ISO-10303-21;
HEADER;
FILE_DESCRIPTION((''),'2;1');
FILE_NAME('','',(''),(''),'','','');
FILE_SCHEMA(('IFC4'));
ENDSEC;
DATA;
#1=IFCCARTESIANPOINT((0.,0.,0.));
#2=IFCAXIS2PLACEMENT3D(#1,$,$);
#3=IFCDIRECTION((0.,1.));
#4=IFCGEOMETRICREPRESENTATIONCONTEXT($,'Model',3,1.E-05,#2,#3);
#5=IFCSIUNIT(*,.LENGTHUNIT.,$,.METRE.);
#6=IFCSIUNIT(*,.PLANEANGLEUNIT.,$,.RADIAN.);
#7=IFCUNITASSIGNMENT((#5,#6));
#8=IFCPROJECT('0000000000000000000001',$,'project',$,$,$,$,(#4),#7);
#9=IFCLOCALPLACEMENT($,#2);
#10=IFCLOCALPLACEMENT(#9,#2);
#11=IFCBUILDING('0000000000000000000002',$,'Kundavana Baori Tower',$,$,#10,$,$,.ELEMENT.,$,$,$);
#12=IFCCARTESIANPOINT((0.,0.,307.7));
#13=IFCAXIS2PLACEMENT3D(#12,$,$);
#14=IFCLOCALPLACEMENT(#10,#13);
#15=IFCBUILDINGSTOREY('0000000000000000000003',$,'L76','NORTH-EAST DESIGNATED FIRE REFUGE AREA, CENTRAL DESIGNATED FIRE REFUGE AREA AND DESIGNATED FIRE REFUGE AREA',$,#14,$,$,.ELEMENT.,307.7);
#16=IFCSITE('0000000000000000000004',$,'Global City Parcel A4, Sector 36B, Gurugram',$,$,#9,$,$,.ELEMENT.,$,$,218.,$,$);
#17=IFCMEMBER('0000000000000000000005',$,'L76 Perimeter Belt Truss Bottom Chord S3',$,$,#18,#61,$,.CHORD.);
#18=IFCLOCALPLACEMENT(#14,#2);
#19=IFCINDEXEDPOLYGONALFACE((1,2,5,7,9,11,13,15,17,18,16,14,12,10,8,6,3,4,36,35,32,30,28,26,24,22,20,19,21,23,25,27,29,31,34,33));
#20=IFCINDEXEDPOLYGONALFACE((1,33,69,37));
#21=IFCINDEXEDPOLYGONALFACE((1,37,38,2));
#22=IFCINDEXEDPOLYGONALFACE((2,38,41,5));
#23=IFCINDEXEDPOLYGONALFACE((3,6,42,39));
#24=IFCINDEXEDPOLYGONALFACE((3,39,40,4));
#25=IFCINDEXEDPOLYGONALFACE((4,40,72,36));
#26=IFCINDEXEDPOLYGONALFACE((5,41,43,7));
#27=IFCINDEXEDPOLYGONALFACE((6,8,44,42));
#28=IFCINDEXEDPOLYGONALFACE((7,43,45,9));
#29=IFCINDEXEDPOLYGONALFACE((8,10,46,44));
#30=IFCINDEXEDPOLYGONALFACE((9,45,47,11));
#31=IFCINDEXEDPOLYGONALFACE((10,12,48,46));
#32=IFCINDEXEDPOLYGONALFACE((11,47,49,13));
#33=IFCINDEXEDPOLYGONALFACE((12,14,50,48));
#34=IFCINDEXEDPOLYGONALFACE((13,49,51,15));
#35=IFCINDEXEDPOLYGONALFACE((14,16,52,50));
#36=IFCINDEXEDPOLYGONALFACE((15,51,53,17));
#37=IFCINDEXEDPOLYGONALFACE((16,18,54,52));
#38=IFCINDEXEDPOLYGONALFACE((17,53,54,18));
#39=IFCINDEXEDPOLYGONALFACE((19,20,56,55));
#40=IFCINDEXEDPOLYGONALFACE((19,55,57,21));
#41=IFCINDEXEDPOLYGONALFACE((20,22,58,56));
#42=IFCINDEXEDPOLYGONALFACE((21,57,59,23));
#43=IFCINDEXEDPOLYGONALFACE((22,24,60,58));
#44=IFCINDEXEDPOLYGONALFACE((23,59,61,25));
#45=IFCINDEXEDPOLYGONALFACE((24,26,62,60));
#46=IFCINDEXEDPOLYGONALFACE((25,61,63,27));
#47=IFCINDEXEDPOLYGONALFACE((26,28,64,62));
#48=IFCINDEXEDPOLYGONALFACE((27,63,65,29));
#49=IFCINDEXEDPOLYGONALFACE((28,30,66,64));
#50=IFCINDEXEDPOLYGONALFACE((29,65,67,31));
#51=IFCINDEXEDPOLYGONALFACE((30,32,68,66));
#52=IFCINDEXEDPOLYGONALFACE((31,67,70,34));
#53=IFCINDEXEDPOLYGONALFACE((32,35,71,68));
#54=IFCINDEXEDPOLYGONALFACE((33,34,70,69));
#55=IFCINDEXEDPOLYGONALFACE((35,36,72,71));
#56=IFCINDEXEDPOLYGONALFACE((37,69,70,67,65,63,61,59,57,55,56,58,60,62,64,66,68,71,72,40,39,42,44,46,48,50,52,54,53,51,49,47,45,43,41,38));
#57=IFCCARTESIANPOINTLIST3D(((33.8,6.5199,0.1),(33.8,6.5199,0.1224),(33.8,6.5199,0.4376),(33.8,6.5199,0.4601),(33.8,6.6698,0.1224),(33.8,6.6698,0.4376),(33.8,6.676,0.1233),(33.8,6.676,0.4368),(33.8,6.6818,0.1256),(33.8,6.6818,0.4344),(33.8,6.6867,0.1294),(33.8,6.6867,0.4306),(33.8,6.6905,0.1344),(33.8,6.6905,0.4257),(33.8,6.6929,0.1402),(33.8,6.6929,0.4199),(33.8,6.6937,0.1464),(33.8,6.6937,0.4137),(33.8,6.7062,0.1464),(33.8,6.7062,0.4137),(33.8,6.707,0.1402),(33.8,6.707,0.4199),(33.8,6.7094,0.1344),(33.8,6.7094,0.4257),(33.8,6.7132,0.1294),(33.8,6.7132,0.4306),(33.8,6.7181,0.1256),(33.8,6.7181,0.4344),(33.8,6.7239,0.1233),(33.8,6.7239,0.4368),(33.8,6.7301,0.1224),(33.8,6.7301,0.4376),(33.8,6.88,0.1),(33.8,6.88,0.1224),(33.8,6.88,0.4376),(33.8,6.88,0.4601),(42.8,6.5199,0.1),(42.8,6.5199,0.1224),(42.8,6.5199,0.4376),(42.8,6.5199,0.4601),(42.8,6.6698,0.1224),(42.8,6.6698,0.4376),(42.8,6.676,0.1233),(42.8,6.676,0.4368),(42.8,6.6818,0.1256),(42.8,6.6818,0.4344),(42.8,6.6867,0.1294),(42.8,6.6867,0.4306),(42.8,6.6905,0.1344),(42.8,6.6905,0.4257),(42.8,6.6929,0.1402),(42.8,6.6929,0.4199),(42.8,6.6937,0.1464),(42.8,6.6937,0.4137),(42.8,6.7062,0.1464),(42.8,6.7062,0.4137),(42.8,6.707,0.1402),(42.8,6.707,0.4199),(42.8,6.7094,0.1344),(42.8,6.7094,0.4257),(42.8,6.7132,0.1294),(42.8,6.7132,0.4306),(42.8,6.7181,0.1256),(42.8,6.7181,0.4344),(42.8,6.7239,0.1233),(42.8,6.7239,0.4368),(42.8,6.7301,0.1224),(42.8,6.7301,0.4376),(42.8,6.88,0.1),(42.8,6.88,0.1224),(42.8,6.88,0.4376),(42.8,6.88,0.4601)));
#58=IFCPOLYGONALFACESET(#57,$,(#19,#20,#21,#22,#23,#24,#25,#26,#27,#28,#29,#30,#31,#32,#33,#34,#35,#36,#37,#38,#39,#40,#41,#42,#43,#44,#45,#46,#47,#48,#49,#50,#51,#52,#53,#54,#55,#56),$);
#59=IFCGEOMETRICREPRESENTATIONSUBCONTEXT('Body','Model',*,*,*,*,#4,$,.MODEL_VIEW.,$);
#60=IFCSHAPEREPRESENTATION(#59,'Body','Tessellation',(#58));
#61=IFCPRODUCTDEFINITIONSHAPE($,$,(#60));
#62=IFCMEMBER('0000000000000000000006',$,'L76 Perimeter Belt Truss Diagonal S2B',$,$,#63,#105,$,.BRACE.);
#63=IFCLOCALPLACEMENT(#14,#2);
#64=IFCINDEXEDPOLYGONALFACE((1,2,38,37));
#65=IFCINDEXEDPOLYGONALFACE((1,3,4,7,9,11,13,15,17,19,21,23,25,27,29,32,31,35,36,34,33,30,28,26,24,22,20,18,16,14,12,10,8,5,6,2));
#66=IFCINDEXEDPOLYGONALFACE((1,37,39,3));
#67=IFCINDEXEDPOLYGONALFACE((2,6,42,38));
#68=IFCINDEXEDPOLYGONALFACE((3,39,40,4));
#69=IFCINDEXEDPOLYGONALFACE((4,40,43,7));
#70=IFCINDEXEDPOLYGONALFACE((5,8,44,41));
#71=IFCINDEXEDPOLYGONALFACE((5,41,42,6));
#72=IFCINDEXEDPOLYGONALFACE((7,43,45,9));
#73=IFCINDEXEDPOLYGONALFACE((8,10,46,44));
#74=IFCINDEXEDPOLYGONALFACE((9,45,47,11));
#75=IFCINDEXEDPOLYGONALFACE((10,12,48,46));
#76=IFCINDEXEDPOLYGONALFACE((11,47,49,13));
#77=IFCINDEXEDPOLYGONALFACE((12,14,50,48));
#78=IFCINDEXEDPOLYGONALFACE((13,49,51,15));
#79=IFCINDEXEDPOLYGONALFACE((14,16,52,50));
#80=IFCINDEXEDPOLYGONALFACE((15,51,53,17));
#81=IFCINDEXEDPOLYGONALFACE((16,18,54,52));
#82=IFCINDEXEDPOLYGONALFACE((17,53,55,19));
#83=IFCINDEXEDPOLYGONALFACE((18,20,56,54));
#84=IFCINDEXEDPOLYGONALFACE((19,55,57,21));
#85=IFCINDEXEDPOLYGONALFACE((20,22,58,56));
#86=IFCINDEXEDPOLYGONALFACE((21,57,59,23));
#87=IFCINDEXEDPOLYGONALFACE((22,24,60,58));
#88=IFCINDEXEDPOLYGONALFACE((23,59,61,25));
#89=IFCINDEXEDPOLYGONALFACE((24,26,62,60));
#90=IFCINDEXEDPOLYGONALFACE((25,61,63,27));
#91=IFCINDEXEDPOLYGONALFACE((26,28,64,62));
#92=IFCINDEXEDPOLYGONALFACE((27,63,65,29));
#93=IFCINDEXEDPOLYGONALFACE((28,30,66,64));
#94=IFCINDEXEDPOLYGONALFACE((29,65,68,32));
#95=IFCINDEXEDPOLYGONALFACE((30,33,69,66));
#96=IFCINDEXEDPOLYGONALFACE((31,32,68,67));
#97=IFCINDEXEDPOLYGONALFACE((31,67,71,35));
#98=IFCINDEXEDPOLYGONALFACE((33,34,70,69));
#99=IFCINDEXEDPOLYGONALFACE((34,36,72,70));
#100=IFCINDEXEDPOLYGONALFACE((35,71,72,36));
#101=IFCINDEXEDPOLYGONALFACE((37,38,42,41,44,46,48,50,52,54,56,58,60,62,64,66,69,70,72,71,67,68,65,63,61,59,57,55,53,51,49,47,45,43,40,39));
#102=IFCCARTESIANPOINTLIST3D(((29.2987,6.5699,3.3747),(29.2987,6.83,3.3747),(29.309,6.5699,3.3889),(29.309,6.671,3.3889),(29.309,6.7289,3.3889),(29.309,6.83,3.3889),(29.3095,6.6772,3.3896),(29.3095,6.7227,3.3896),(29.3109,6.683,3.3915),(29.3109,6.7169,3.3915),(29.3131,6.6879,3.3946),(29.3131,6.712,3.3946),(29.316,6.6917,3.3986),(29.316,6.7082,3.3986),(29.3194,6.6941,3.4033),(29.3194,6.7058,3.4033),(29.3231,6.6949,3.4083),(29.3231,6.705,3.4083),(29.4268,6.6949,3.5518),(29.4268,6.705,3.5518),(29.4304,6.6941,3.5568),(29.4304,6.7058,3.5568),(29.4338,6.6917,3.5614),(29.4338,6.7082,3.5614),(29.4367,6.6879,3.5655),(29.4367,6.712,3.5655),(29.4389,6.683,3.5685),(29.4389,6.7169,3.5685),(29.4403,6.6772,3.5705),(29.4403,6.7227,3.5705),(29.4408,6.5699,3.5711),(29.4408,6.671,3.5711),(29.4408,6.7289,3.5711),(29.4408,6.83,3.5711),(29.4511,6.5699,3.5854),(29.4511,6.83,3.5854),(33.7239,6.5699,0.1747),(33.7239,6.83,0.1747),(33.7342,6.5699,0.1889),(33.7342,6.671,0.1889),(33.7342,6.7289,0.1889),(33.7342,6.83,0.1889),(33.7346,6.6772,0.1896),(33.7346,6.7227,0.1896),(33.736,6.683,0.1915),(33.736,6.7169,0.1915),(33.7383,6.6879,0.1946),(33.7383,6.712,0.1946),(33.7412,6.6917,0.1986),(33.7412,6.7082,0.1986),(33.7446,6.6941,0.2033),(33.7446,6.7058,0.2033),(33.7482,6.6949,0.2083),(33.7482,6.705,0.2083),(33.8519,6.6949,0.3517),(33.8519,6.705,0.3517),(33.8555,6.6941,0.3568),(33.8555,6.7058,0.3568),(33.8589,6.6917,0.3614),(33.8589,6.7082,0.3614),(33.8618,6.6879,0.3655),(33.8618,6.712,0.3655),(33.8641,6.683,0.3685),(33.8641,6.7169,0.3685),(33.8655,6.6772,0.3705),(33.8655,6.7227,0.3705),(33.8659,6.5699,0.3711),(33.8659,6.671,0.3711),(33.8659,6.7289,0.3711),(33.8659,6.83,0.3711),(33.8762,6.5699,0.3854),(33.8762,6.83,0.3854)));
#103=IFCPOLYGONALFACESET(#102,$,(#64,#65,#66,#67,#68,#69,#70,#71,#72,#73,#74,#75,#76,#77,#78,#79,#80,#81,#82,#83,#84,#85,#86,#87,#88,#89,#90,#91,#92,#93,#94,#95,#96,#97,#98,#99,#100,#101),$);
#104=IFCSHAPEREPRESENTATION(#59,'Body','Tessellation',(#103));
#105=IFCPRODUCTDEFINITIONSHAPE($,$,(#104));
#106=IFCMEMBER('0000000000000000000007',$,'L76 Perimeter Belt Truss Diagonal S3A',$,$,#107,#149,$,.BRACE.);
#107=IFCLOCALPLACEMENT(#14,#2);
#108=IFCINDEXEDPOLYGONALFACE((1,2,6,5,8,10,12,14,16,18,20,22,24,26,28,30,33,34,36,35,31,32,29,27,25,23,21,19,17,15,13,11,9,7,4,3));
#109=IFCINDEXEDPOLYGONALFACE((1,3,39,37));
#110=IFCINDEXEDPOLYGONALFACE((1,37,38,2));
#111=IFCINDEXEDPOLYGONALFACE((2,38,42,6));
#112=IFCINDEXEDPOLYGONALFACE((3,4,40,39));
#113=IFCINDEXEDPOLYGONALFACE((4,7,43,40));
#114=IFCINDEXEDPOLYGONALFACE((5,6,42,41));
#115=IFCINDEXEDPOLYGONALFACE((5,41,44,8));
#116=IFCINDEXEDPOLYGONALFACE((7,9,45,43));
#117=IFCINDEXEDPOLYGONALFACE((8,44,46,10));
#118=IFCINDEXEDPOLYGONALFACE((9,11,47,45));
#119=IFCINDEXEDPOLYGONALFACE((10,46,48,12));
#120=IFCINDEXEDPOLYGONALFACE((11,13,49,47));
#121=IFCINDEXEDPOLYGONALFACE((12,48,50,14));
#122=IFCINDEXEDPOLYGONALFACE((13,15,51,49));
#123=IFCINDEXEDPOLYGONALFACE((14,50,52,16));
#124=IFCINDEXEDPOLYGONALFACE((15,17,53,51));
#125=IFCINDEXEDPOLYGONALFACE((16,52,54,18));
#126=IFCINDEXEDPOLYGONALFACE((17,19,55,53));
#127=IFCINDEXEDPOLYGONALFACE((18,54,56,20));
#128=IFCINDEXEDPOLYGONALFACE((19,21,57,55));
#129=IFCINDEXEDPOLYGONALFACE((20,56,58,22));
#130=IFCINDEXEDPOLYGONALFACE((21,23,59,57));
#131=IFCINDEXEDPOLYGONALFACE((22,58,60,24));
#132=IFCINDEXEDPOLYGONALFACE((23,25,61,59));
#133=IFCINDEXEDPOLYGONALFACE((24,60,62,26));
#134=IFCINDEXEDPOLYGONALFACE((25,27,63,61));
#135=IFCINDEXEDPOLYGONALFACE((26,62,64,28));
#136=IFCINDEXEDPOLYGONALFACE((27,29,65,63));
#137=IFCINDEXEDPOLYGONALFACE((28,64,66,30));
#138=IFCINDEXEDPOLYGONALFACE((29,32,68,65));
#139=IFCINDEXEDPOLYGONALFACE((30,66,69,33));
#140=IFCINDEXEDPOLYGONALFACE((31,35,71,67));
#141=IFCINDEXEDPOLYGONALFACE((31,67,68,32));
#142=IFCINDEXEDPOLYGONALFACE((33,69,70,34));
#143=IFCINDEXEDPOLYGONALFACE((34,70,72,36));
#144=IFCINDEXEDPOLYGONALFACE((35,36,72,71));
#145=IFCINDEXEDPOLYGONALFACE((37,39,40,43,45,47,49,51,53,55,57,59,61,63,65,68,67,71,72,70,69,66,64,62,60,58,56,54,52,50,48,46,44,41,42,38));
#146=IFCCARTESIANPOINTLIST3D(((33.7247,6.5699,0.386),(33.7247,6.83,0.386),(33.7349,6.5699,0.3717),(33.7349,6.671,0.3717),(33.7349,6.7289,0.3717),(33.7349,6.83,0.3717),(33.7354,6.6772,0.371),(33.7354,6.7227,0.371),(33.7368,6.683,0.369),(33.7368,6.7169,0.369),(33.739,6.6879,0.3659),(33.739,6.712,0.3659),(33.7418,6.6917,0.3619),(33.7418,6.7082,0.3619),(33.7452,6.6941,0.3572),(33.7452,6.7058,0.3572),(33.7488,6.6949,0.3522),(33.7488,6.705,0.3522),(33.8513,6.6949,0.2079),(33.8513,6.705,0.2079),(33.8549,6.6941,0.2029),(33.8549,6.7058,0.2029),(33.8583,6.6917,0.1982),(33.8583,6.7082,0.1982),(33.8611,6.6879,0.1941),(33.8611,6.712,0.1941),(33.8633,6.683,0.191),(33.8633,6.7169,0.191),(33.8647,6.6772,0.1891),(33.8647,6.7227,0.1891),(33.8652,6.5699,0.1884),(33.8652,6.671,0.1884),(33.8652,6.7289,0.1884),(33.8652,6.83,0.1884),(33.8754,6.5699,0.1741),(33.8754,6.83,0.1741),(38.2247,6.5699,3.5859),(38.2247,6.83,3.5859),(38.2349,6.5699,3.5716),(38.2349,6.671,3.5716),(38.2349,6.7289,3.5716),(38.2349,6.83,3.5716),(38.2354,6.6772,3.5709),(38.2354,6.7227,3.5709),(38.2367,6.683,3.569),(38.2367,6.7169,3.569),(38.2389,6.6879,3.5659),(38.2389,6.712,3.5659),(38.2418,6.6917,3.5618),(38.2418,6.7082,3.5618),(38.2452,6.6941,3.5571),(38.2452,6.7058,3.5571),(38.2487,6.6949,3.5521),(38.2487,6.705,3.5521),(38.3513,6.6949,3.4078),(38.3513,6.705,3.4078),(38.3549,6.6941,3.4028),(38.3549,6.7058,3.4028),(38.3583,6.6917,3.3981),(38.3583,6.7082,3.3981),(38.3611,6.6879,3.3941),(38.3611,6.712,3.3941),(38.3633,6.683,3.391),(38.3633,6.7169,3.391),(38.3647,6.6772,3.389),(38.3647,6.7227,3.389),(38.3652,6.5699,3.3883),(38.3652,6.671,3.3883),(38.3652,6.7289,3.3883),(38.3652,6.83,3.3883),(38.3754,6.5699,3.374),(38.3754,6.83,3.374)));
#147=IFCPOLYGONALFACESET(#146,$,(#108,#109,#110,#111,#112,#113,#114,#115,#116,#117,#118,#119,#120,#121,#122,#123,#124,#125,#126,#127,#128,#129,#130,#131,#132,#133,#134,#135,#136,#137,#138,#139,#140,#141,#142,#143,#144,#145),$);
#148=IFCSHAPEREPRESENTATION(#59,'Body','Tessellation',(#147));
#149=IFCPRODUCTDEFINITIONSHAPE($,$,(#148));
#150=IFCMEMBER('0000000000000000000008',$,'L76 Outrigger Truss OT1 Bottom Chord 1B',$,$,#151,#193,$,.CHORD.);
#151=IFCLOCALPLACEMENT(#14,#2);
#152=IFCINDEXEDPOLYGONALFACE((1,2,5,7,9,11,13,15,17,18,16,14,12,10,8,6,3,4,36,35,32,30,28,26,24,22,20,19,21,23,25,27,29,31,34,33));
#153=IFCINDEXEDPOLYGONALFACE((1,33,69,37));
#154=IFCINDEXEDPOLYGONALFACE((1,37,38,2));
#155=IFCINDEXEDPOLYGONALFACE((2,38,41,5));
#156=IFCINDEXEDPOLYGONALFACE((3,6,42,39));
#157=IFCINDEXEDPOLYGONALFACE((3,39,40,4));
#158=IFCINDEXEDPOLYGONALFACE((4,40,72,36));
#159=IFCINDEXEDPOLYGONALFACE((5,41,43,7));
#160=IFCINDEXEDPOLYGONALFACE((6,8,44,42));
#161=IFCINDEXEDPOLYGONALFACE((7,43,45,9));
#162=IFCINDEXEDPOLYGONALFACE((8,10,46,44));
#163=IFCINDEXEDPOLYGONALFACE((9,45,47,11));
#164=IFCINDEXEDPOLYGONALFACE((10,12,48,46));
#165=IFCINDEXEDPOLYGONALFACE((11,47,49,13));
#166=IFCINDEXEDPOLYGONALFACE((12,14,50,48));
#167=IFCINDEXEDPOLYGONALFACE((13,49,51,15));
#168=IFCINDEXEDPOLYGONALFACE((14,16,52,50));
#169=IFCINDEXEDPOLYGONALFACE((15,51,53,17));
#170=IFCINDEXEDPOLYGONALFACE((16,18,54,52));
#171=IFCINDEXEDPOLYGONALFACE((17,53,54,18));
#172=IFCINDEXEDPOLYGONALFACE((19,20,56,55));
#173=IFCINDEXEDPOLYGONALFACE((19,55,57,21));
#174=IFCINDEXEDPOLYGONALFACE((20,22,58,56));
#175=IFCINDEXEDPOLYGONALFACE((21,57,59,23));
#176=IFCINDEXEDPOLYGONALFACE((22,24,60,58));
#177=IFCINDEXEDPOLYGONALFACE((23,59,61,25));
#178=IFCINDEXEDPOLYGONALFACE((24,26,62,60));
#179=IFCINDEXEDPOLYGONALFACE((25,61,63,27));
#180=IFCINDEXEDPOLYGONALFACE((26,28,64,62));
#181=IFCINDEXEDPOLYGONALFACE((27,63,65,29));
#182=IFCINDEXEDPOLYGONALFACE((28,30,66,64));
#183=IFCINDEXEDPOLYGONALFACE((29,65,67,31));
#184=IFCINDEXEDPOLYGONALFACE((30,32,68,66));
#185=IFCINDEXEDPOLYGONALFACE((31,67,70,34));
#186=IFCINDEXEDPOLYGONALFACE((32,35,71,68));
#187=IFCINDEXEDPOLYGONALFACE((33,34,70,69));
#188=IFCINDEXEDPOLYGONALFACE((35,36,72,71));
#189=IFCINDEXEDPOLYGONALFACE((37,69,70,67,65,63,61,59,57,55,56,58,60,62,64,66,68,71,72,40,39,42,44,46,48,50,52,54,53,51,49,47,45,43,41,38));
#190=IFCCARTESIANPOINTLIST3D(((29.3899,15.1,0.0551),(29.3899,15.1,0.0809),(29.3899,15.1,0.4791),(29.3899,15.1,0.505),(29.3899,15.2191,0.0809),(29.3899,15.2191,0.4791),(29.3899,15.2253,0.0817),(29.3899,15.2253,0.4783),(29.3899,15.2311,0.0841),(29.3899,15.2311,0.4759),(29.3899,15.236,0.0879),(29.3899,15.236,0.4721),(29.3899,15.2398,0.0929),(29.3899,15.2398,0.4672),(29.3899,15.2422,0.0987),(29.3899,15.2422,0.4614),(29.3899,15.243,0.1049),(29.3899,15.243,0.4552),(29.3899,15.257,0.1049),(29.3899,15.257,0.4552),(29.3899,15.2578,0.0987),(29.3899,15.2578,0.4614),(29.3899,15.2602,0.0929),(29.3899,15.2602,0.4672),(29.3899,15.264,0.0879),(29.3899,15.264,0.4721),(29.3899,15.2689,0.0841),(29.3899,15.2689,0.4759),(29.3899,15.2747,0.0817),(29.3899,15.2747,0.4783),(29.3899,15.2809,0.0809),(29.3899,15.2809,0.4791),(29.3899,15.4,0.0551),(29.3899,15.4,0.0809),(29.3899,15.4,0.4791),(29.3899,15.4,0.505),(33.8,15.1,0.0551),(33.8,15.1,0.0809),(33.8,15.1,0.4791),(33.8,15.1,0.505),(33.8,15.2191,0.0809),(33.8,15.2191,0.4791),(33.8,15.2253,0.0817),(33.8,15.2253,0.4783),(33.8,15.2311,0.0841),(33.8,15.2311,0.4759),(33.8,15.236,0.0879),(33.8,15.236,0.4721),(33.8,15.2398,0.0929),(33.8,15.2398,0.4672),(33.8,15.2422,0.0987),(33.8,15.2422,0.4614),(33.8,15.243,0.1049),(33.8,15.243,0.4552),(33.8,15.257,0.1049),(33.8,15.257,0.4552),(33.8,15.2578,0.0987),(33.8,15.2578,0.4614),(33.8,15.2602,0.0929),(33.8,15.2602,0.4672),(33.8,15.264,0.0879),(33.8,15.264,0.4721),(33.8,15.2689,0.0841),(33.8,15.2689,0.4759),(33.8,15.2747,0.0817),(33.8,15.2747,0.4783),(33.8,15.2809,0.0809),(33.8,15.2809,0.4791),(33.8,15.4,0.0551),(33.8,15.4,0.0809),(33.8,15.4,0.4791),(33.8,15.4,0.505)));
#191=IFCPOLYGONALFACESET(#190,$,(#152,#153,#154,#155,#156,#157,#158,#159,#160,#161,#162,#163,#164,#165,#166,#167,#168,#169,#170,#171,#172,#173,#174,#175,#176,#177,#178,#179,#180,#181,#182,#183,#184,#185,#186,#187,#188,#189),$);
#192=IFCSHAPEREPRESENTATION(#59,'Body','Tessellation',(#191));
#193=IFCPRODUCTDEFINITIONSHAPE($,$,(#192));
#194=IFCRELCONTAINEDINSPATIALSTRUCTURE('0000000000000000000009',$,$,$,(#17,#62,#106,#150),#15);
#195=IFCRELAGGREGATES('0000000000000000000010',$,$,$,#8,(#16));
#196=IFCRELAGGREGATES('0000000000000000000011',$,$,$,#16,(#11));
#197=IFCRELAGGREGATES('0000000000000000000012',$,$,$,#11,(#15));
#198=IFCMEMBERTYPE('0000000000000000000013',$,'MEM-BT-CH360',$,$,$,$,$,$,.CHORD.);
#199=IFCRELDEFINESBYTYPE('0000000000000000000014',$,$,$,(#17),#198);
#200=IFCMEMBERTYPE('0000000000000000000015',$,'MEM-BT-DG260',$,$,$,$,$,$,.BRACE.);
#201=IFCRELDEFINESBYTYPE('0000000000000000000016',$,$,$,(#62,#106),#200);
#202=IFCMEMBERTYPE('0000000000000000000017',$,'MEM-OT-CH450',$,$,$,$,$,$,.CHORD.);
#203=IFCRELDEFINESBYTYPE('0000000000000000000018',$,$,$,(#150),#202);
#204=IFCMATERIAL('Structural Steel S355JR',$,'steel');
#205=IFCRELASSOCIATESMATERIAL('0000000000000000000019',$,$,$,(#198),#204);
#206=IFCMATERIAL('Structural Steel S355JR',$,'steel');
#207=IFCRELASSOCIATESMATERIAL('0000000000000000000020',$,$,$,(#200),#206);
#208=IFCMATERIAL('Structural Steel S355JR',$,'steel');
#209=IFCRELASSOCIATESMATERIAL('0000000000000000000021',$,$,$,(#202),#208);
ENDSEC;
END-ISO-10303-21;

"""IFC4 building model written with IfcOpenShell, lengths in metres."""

from ifc_helpers import new_model, si_unit, direction, frame, origin, origin_2d, place, context, subcontext, project, spatial, i_section, extrude, material, material_profile, profile_set, type_object, element, save


model = new_model("IFC4")

# Units and contexts
model_context = context("Model", 3, precision=1e-05, world=origin(), true_north=direction((0.0, 1.0)))
body_context = subcontext(model_context, "Body", "Model", "MODEL_VIEW")
ifc_project = project(units=[si_unit("LENGTHUNIT", "METRE"), si_unit("PLANEANGLEUNIT", "RADIAN")], contexts=[model_context])

# Site, building, storey
site_placement = place(None, origin())
site = spatial("IfcSite", under=ifc_project, at=site_placement, Name="Global City Parcel A4, Sector 36B, Gurugram", CompositionType="ELEMENT", RefElevation=218.0)
building_placement = place(site_placement, origin())
building = spatial("IfcBuilding", under=site, at=building_placement, Name="Kundavana Baori Tower", CompositionType="ELEMENT")
storey_placement = place(building_placement, frame((0.0, 0.0, 307.7)))
storey = spatial("IfcBuildingStorey", under=building, at=storey_placement, Name="L76", Description="NORTH-EAST DESIGNATED FIRE REFUGE AREA, CENTRAL DESIGNATED FIRE REFUGE AREA AND DESIGNATED FIRE REFUGE AREA", CompositionType="ELEMENT", Elevation=307.7)

# Members
ifc_material_1 = material(Name="Structural Steel S355JR", Category="steel")
ifc_material_profile_1 = material_profile(ifc_material_1, i_section(OverallWidth=0.3601, OverallDepth=0.3601, WebThickness=0.0125, FlangeThickness=0.0225, FilletRadius=0.0239, at=origin_2d()), Name="WPB 360x360x142")
ifc_profile_set_1 = profile_set([ifc_material_profile_1], Name="Structural Steel S355JR")
member_type_1 = type_object("IfcMemberType", Name="MEM-BT-CH360", PredefinedType="CHORD", material=ifc_profile_set_1)
member_1_placement = place(storey_placement, frame((33.8, 6.7, 0.28), z_axis=(1.0, 0.0, 0.0), x_axis=(0.0, 1.0, 0.0)))
element("IfcMember", 1, at=member_1_placement, inside=storey, type_object=member_type_1, Name="L76 Perimeter Belt Truss Bottom Chord S3", PredefinedType="CHORD", context=body_context, shape_type="SweptSolid", body=[
    extrude(i_section(OverallWidth=0.3601, OverallDepth=0.3601, WebThickness=0.0125, FlangeThickness=0.0225, FilletRadius=0.0239, at=origin_2d()), origin(), (0.0, 0.0, 1.0), 9.0),
])
ifc_material_2 = material(Name="Structural Steel S355JR", Category="steel")
ifc_material_profile_2 = material_profile(ifc_material_2, i_section(OverallWidth=0.26, OverallDepth=0.26, WebThickness=0.01, FlangeThickness=0.0176, FilletRadius=0.0239, at=origin_2d()), Name="WPB 260x260x93")
ifc_profile_set_2 = profile_set([ifc_material_profile_2], Name="Structural Steel S355JR")
member_type_2 = type_object("IfcMemberType", Name="MEM-BT-DG260", PredefinedType="BRACE", material=ifc_profile_set_2)
member_2_placement = place(storey_placement, frame((33.8, 6.7, 0.28), z_axis=(-0.810324, 0.0, 0.585982), x_axis=(0.0, -1.0, 0.0)))
element("IfcMember", 2, at=member_2_placement, inside=storey, type_object=member_type_2, Name="L76 Perimeter Belt Truss Diagonal S2B", PredefinedType="BRACE", context=body_context, shape_type="SweptSolid", body=[
    extrude(i_section(OverallWidth=0.26, OverallDepth=0.26, WebThickness=0.01, FlangeThickness=0.0176, FilletRadius=0.0239, at=origin_2d()), origin(), (0.0, 0.0, 1.0), 5.4609),
])
member_3_placement = place(storey_placement, frame((33.8, 6.7, 0.28), z_axis=(0.81496, 0.0, 0.579518), x_axis=(0.0, 1.0, 0.0)))
element("IfcMember", 3, at=member_3_placement, inside=storey, type_object=member_type_2, Name="L76 Perimeter Belt Truss Diagonal S3A", PredefinedType="BRACE", context=body_context, shape_type="SweptSolid", body=[
    extrude(i_section(OverallWidth=0.26, OverallDepth=0.26, WebThickness=0.01, FlangeThickness=0.0176, FilletRadius=0.0239, at=origin_2d()), origin(), (0.0, 0.0, 1.0), 5.5217),
])
ifc_material_3 = material(Name="Structural Steel S355JR", Category="steel")
ifc_material_profile_3 = material_profile(ifc_material_3, i_section(OverallWidth=0.3, OverallDepth=0.45, WebThickness=0.0139, FlangeThickness=0.0259, FilletRadius=0.0239, at=origin_2d()), Name="WPB 450x300x142")
ifc_profile_set_3 = profile_set([ifc_material_profile_3], Name="Structural Steel S355JR")
member_type_3 = type_object("IfcMemberType", Name="MEM-OT-CH450", PredefinedType="CHORD", material=ifc_profile_set_3)
for number, where, z_axis, x_axis, name in (
    (4, (29.3899, 15.25, 0.28), (1.0, 0.0, 0.0), (0.0, 1.0, 0.0), "L76 Outrigger Truss OT1 Bottom Chord 1B"),
):
    element("IfcMember", number, at=place(storey_placement, frame(where, z_axis=z_axis, x_axis=x_axis)), inside=storey, type_object=member_type_3, Name=name, PredefinedType="CHORD", context=body_context, shape_type="SweptSolid", body=[
        extrude(i_section(OverallWidth=0.3, OverallDepth=0.45, WebThickness=0.0139, FlangeThickness=0.0259, FilletRadius=0.0239, at=origin_2d()), origin(), (0.0, 0.0, 1.0), 4.4102),
    ])

save(model, "model.ifc")
